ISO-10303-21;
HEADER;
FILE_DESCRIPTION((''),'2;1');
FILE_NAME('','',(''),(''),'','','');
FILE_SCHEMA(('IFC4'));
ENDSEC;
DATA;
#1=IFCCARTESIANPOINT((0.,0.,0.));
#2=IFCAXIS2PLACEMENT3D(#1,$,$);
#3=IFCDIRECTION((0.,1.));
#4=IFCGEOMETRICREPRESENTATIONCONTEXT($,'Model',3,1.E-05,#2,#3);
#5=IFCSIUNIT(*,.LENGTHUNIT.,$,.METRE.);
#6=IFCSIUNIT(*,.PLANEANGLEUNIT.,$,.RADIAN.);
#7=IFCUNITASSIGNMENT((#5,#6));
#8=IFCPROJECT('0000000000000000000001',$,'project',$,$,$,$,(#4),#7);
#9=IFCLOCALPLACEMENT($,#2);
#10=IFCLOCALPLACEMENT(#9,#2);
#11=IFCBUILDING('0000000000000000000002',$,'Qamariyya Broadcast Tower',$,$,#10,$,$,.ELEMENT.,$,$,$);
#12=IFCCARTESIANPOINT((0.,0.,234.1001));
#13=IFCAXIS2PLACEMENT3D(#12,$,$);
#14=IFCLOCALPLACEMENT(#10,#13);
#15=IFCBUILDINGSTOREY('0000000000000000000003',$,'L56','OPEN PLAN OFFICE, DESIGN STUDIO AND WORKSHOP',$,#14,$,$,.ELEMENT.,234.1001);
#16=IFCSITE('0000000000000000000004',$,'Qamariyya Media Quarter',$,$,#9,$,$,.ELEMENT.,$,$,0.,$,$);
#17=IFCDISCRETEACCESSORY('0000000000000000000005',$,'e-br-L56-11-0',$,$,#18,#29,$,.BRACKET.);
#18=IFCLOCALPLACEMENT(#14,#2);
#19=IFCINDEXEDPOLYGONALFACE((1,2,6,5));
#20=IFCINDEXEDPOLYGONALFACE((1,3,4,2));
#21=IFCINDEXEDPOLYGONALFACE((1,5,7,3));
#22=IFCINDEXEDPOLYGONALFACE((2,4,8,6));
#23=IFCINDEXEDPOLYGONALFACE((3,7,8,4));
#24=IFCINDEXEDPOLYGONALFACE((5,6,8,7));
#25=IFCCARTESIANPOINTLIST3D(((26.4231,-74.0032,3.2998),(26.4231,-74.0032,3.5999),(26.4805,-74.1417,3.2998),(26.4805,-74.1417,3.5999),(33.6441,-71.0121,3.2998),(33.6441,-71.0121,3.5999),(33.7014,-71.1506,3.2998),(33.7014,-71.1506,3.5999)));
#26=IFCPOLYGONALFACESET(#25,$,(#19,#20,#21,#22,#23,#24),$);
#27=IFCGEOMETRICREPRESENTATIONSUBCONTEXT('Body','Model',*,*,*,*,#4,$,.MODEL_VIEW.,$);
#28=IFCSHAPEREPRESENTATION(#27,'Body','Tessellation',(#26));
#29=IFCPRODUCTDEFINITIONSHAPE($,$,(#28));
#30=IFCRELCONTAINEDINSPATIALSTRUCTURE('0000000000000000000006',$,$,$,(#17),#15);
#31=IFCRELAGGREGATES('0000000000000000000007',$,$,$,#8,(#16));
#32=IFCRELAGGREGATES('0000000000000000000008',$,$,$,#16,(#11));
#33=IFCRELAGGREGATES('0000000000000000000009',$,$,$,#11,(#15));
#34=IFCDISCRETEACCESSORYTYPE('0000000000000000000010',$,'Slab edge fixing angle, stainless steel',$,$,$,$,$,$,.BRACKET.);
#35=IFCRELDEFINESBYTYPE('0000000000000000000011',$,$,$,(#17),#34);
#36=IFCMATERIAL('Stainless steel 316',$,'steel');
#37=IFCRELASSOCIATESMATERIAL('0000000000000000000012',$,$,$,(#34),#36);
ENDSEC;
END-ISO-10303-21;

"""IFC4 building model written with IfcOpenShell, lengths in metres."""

from ifc_helpers import new_model, si_unit, direction, frame, origin, origin_2d, place, context, subcontext, project, spatial, rectangle, extrude, material, type_object, element, save


model = new_model("IFC4")

# Units and contexts
model_context = context("Model", 3, precision=1e-05, world=origin(), true_north=direction((0.0, 1.0)))
body_context = subcontext(model_context, "Body", "Model", "MODEL_VIEW")
ifc_project = project(units=[si_unit("LENGTHUNIT", "METRE"), si_unit("PLANEANGLEUNIT", "RADIAN")], contexts=[model_context])

# Site, building, storey
site_placement = place(None, origin())
site = spatial("IfcSite", under=ifc_project, at=site_placement, Name="Qamariyya Media Quarter", CompositionType="ELEMENT", RefElevation=0.0)
building_placement = place(site_placement, origin())
building = spatial("IfcBuilding", under=site, at=building_placement, Name="Qamariyya Broadcast Tower", CompositionType="ELEMENT")
storey_placement = place(building_placement, frame((0.0, 0.0, 234.1001)))
storey = spatial("IfcBuildingStorey", under=building, at=storey_placement, Name="L56", Description="OPEN PLAN OFFICE, DESIGN STUDIO AND WORKSHOP", CompositionType="ELEMENT", Elevation=234.1001)

# Discrete accessory
ifc_material_1 = material(Name="Stainless steel 316", Category="steel")
discrete_accessory_type = type_object("IfcDiscreteAccessoryType", Name="Slab edge fixing angle, stainless steel", PredefinedType="BRACKET", material=ifc_material_1)
discrete_accessory_placement = place(storey_placement, frame((30.0623, -72.5769, 3.2998), z_axis=(0.0, 0.0, 1.0), x_axis=(0.92388, 0.382683, 0.0)))
element("IfcDiscreteAccessory", 1, at=discrete_accessory_placement, inside=storey, type_object=discrete_accessory_type, Name="e-br-L56-11-0", PredefinedType="BRACKET", context=body_context, shape_type="SweptSolid", body=[
    extrude(rectangle(XDim=7.8159, YDim=0.1499, at=origin_2d()), origin(), (0.0, 0.0, 1.0), 0.3),
])

save(model, "model.ifc")
